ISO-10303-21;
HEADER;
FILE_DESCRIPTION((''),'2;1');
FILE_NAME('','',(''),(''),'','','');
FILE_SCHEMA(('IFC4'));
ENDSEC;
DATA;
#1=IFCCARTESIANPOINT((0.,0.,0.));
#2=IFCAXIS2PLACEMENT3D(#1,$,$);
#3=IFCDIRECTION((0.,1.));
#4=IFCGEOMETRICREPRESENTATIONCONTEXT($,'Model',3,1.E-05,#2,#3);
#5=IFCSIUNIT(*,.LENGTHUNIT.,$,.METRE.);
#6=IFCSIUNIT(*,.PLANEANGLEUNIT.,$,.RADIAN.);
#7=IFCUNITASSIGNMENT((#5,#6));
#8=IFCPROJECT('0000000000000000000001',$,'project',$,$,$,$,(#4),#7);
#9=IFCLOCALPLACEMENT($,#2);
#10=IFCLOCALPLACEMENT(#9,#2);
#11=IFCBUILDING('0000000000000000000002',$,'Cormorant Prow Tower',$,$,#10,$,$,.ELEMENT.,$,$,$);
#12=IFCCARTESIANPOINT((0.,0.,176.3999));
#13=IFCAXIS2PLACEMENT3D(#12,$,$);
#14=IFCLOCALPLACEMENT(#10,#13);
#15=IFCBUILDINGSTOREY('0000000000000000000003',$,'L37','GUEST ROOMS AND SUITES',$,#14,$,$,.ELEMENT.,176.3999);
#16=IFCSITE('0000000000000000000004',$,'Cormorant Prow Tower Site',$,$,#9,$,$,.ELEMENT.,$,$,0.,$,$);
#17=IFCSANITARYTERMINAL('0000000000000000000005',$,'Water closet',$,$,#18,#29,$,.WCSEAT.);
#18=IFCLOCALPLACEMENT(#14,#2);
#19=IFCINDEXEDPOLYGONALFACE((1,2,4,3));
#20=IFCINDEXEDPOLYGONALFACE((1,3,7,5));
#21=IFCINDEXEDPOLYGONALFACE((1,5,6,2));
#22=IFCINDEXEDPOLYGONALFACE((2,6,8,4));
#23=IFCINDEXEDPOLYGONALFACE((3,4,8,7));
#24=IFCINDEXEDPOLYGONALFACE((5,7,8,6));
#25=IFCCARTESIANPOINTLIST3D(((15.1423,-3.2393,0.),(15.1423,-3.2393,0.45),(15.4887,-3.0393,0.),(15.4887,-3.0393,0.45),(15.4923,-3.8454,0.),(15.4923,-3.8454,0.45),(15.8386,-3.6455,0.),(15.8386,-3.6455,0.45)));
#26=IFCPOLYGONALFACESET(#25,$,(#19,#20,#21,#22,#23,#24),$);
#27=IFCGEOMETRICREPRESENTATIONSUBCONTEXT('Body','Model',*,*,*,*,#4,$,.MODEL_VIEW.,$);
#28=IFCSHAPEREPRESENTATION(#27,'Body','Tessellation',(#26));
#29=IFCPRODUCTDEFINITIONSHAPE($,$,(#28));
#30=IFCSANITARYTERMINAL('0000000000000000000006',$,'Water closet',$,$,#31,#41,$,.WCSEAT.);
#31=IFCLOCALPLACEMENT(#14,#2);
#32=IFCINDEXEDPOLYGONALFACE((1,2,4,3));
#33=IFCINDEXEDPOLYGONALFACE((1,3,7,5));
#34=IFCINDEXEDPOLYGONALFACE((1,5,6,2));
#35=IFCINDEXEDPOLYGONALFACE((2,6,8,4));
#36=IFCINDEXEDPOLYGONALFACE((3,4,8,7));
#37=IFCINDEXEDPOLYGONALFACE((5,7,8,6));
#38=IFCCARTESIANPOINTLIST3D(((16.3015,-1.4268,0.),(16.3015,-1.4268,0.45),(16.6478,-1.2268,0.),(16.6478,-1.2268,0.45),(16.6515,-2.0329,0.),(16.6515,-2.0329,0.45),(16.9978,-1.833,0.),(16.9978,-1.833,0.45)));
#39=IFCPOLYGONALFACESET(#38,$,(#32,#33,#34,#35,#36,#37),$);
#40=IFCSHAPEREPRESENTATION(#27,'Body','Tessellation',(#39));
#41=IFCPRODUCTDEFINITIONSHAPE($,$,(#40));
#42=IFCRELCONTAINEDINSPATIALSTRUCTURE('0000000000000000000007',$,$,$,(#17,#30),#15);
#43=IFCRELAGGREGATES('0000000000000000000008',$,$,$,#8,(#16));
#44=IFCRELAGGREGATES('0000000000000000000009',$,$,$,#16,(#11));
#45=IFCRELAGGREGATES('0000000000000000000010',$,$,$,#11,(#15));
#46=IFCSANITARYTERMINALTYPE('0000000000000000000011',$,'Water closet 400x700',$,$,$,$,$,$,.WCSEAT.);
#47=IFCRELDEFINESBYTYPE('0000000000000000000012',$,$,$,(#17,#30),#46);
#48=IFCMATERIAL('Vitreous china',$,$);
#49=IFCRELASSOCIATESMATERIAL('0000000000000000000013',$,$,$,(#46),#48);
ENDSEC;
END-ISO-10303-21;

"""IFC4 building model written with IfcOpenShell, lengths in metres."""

from ifc_helpers import new_model, si_unit, direction, frame, origin, origin_2d, place, context, subcontext, project, spatial, rectangle, extrude, material, type_object, element, save


model = new_model("IFC4")

# Units and contexts
model_context = context("Model", 3, precision=1e-05, world=origin(), true_north=direction((0.0, 1.0)))
body_context = subcontext(model_context, "Body", "Model", "MODEL_VIEW")
ifc_project = project(units=[si_unit("LENGTHUNIT", "METRE"), si_unit("PLANEANGLEUNIT", "RADIAN")], contexts=[model_context])

# Site, building, storey
site_placement = place(None, origin())
site = spatial("IfcSite", under=ifc_project, at=site_placement, Name="Cormorant Prow Tower Site", CompositionType="ELEMENT", RefElevation=0.0)
building_placement = place(site_placement, origin())
building = spatial("IfcBuilding", under=site, at=building_placement, Name="Cormorant Prow Tower", CompositionType="ELEMENT")
storey_placement = place(building_placement, frame((0.0, 0.0, 176.3999)))
storey = spatial("IfcBuildingStorey", under=building, at=storey_placement, Name="L37", Description="GUEST ROOMS AND SUITES", CompositionType="ELEMENT", Elevation=176.3999)

# Sanitary terminals
ifc_material_1 = material(Name="Vitreous china")
sanitary_terminal_type_1 = type_object("IfcSanitaryTerminalType", Name="Water closet 400x700", PredefinedType="WCSEAT", material=ifc_material_1)
for number, where, z_axis, x_axis, name in (
    (1, (15.4905, -3.4424, 0.0), (0.0, 0.0, 1.0), (0.866025, 0.5, 0.0), "Water closet"),
    (2, (16.6497, -1.6299, 0.0), (0.0, 0.0, 1.0), (-0.866025, -0.5, 0.0), "Water closet"),
):
    element("IfcSanitaryTerminal", number, at=place(storey_placement, frame(where, z_axis=z_axis, x_axis=x_axis)), inside=storey, type_object=sanitary_terminal_type_1, Name=name, PredefinedType="WCSEAT", context=body_context, shape_type="SweptSolid", body=[
        extrude(rectangle(XDim=0.3999, YDim=0.7, at=origin_2d()), origin(), (0.0, 0.0, 1.0), 0.45),
    ])

save(model, "model.ifc")
